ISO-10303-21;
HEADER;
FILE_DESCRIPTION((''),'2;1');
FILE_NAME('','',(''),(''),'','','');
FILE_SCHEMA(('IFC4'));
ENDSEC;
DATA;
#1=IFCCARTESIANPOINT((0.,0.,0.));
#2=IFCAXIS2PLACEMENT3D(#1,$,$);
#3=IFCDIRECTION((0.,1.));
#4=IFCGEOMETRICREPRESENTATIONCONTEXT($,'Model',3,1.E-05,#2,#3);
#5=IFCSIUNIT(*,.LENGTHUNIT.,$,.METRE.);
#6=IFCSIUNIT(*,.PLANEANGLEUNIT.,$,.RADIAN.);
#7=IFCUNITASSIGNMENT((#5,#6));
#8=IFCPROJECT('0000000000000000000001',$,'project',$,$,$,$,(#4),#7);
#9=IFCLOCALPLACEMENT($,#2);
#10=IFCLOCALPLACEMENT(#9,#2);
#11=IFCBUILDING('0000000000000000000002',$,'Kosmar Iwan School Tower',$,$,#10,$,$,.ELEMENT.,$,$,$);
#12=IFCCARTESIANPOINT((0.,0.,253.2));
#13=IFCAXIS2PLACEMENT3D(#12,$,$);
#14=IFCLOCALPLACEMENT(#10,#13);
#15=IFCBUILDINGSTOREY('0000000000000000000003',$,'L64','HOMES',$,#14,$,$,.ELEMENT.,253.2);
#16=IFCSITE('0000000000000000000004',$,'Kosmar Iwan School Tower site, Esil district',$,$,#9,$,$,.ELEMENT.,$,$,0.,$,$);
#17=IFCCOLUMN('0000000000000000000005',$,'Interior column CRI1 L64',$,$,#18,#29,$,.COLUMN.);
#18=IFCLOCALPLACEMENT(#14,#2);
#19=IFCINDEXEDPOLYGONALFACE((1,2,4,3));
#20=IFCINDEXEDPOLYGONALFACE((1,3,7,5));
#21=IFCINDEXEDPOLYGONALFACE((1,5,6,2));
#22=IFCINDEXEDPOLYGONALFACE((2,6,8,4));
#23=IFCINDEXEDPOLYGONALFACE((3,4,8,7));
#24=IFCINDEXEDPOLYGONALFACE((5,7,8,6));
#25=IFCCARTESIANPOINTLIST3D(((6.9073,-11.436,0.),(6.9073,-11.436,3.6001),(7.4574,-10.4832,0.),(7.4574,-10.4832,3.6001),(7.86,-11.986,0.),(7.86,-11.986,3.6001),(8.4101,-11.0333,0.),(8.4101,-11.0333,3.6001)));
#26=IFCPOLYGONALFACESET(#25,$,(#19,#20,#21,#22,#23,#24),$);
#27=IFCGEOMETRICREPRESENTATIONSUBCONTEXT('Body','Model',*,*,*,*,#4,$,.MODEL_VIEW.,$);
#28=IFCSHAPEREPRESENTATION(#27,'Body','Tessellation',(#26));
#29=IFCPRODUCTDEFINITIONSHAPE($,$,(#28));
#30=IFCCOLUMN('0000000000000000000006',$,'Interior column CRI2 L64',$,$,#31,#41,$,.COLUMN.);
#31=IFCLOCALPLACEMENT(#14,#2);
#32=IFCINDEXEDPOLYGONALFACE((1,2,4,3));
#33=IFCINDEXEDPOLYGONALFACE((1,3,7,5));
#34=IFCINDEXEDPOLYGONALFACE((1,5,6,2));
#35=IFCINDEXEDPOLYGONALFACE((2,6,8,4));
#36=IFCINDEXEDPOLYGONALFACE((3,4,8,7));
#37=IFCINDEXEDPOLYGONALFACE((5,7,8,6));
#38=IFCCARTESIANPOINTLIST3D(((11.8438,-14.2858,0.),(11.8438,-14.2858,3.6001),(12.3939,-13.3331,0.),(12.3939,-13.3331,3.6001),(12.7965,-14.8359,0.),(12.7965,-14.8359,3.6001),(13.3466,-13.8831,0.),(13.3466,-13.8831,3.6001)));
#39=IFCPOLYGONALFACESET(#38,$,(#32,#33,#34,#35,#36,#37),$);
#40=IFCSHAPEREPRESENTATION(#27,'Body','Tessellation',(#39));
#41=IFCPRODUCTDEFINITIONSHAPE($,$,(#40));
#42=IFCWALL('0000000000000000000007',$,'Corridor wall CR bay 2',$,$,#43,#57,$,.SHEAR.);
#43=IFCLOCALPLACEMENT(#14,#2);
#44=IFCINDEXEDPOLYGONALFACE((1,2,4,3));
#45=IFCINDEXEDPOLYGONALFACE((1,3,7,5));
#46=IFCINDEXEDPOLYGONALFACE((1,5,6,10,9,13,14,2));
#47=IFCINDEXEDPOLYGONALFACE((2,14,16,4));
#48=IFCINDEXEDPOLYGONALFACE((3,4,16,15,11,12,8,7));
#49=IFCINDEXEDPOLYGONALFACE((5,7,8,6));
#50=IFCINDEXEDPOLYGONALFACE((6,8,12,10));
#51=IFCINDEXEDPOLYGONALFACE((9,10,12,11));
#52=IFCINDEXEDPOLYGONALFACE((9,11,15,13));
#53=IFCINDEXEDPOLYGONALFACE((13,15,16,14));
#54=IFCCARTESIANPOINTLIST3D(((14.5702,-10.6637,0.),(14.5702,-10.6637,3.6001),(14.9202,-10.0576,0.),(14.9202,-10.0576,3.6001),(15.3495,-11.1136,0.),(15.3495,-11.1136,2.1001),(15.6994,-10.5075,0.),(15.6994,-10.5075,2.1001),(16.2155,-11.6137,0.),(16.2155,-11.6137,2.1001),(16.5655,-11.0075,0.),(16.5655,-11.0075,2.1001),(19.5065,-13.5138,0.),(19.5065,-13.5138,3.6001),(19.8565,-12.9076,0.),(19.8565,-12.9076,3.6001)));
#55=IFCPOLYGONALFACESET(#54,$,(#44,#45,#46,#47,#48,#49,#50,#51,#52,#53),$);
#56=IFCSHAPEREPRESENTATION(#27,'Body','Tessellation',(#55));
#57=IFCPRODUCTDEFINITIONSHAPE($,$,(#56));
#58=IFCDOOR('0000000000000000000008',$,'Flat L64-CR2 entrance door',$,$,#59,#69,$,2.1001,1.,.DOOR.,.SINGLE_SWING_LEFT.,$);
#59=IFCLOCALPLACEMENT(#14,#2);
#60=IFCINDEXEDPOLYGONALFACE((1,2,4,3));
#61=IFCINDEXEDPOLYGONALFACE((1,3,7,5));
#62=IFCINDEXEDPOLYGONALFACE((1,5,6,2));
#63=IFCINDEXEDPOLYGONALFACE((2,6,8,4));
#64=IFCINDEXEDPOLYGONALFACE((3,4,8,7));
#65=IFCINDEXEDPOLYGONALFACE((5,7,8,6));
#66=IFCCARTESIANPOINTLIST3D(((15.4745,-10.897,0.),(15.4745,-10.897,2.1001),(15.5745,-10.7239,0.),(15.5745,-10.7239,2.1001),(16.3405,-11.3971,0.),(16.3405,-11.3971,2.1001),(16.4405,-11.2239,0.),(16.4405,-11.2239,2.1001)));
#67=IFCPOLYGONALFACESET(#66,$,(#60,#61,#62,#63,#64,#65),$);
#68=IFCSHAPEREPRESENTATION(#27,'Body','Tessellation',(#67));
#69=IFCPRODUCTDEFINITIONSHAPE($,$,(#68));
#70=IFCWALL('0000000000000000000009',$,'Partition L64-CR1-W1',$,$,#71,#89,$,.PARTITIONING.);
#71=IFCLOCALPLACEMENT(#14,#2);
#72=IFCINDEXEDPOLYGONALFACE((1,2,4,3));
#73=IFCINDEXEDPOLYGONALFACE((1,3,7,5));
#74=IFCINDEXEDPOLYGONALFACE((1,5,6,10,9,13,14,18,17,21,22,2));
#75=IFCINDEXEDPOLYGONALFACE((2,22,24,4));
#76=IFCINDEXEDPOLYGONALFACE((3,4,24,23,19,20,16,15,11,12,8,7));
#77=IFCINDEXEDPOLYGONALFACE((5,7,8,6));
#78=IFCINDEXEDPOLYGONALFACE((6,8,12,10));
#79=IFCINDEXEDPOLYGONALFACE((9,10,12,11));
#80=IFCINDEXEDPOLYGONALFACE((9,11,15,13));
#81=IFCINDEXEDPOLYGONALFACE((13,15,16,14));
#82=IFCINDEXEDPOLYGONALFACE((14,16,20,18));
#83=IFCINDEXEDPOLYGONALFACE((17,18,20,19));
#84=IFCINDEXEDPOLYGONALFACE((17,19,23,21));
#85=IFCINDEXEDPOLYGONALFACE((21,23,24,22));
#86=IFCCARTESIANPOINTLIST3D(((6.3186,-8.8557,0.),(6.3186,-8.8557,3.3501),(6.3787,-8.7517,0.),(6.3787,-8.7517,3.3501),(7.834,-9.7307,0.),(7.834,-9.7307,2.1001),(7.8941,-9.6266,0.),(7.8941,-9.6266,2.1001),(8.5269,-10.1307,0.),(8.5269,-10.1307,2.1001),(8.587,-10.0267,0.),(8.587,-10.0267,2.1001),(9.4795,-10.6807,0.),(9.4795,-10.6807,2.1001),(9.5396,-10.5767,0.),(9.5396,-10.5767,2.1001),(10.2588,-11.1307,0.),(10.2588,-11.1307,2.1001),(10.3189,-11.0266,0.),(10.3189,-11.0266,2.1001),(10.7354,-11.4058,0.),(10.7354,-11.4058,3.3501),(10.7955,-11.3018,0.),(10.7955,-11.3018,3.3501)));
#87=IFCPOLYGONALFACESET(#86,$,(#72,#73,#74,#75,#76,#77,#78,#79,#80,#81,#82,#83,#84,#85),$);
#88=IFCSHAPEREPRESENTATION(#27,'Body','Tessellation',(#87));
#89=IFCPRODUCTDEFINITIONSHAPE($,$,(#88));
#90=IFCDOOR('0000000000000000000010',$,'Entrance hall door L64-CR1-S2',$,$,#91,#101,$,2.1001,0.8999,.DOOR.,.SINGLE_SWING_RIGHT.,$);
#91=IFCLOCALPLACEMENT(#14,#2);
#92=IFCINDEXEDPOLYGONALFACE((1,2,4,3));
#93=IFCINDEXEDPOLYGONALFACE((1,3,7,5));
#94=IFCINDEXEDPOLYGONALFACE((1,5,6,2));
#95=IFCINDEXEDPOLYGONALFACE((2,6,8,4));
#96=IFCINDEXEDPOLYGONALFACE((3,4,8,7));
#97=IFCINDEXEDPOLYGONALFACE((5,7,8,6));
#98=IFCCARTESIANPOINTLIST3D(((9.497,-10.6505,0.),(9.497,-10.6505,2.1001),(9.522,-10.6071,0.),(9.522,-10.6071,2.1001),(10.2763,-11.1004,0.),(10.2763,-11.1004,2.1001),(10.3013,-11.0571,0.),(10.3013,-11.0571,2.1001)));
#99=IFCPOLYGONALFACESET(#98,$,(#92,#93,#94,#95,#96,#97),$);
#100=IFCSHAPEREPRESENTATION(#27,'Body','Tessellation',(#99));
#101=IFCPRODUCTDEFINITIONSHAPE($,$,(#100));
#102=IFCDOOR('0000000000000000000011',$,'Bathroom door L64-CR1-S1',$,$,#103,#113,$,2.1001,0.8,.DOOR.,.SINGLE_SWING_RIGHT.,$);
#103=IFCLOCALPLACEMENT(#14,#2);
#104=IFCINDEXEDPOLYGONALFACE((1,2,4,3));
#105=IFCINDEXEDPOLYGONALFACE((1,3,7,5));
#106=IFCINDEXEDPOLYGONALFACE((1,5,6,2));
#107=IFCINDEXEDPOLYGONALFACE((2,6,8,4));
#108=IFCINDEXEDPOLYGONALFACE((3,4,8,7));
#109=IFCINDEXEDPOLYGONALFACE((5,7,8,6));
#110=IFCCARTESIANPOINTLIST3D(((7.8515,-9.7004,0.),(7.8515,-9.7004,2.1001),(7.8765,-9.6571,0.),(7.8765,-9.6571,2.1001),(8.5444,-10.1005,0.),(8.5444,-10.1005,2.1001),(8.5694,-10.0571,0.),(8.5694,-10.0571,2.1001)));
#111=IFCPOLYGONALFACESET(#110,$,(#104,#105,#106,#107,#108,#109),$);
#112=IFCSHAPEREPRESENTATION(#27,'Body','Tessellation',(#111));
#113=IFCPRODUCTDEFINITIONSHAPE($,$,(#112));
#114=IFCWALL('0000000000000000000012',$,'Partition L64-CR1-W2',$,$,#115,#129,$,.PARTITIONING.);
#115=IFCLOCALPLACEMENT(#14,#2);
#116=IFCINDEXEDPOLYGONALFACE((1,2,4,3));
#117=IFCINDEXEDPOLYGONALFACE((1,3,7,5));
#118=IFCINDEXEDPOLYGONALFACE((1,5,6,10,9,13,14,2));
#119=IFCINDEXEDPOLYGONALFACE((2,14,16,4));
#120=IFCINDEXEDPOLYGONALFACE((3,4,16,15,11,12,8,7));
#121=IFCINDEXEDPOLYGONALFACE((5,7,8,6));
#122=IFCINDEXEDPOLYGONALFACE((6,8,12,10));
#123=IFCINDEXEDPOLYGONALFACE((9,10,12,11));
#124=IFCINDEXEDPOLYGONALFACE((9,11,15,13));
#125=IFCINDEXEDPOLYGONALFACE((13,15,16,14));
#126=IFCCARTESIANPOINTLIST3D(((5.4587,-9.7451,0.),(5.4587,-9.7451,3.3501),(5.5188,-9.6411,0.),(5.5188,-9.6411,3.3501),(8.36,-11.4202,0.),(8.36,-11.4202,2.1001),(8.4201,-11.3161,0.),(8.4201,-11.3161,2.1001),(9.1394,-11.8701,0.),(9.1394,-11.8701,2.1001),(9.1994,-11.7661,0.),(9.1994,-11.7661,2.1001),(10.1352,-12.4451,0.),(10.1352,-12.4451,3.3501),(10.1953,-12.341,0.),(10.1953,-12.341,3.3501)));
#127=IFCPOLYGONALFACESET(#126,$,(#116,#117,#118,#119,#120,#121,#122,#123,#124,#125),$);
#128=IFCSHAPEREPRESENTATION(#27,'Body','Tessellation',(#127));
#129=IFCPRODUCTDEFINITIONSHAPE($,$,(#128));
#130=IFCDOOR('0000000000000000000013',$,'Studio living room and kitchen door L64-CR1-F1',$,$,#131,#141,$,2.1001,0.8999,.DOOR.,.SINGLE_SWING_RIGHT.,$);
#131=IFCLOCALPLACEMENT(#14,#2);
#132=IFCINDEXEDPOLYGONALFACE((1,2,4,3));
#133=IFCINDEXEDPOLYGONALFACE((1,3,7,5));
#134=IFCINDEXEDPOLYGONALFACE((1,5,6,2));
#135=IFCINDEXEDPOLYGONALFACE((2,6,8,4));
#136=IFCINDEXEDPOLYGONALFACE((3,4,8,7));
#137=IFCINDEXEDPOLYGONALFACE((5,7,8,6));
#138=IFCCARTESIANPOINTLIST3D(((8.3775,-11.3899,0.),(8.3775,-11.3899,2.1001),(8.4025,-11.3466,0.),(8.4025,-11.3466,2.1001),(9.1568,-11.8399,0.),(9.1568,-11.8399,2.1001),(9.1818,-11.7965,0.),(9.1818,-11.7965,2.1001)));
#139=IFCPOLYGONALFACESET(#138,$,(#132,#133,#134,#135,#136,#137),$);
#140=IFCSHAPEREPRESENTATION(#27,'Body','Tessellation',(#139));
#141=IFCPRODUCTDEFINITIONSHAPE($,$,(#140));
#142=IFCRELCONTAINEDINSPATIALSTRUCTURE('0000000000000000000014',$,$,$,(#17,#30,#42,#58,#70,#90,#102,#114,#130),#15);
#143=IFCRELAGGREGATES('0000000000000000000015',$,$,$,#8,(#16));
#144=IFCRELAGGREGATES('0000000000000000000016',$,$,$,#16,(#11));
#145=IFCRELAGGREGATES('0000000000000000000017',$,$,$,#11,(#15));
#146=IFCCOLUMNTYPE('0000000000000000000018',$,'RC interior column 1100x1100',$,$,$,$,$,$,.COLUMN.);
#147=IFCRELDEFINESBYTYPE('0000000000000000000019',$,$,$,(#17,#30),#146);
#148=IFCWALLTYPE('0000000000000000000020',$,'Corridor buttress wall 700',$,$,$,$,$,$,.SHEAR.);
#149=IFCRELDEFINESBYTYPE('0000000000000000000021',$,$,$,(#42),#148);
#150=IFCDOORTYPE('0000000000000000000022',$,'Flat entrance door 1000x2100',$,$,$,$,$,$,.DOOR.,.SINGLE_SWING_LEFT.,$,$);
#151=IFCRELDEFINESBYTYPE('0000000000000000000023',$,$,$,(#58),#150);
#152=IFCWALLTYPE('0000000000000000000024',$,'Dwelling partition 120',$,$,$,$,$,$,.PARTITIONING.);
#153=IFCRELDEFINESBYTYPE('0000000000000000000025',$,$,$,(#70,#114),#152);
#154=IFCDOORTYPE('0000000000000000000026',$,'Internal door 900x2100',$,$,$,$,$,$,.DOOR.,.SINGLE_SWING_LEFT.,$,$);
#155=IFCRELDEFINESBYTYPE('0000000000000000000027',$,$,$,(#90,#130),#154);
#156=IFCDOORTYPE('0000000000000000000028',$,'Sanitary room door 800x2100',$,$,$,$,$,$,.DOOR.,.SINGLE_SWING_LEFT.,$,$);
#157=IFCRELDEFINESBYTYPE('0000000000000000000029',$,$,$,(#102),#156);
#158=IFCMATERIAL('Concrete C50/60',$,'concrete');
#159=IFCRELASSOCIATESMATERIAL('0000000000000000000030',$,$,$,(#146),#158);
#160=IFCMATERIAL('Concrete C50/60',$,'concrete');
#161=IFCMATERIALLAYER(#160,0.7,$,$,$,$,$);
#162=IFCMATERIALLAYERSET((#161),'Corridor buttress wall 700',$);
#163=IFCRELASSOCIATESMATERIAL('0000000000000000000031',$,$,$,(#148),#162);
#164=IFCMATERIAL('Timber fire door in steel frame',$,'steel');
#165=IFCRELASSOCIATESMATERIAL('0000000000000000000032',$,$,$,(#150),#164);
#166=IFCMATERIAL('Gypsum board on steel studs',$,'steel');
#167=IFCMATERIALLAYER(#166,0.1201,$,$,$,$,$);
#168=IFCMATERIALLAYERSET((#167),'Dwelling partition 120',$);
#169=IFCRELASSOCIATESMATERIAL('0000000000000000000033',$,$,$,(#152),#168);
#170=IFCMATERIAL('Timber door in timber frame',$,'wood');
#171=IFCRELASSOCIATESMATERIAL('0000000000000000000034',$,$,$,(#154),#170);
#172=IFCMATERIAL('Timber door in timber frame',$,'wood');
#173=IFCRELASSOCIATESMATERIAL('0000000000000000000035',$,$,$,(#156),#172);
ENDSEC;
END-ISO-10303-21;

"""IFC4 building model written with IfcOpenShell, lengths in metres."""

from ifc_helpers import new_model, si_unit, direction, frame, frame_2d, origin, origin_2d, place, context, subcontext, project, spatial, rectangle, extrude, material, layer, layer_set, material_profile, profile_set, type_object, element, fill, save


model = new_model("IFC4")

# Units and contexts
model_context = context("Model", 3, precision=1e-05, world=origin(), true_north=direction((0.0, 1.0)))
body_context = subcontext(model_context, "Body", "Model", "MODEL_VIEW")
ifc_project = project(units=[si_unit("LENGTHUNIT", "METRE"), si_unit("PLANEANGLEUNIT", "RADIAN")], contexts=[model_context])

# Site, building, storey
site_placement = place(None, origin())
site = spatial("IfcSite", under=ifc_project, at=site_placement, Name="Kosmar Iwan School Tower site, Esil district", CompositionType="ELEMENT", RefElevation=0.0)
building_placement = place(site_placement, origin())
building = spatial("IfcBuilding", under=site, at=building_placement, Name="Kosmar Iwan School Tower", CompositionType="ELEMENT")
storey_placement = place(building_placement, frame((0.0, 0.0, 253.2)))
storey = spatial("IfcBuildingStorey", under=building, at=storey_placement, Name="L64", Description="HOMES", CompositionType="ELEMENT", Elevation=253.2)

# Columns
ifc_material_1 = material(Name="Concrete C50/60", Category="concrete")
ifc_material_profile = material_profile(ifc_material_1, rectangle(XDim=1.1001, YDim=1.1001, at=origin_2d()), Name="RC 1100x1100")
ifc_profile_set = profile_set([ifc_material_profile], Name="Concrete C50/60")
column_type = type_object("IfcColumnType", Name="RC interior column 1100x1100", PredefinedType="COLUMN", material=ifc_profile_set)
for number, where, z_axis, x_axis, name in (
    (1, (7.6587, -11.2346, 0.0), (0.0, 0.0, 1.0), (0.866025, -0.5, 0.0), "Interior column CRI1 L64"),
    (2, (12.5952, -14.0845, 0.0), (0.0, 0.0, 1.0), (0.866025, -0.5, 0.0), "Interior column CRI2 L64"),
):
    element("IfcColumn", number, at=place(storey_placement, frame(where, z_axis=z_axis, x_axis=x_axis)), inside=storey, type_object=column_type, Name=name, PredefinedType="COLUMN", context=body_context, shape_type="SweptSolid", body=[
        extrude(rectangle(XDim=1.1001, YDim=1.1001, at=origin_2d()), origin(), (0.0, 0.0, 1.0), 3.6001),
    ])

# Wall, opening, door
ifc_material_2 = material(Name="Concrete C50/60", Category="concrete")
ifc_layer_1 = layer(ifc_material_2, 0.7)
ifc_layer_set_1 = layer_set([ifc_layer_1], Name="Corridor buttress wall 700")
wall_type_1 = type_object("IfcWallType", Name="Corridor buttress wall 700", PredefinedType="SHEAR", material=ifc_layer_set_1)
wall_1_placement = place(storey_placement, frame((14.7451, -10.3606, 0.0), z_axis=(0.0, 0.0, 1.0), x_axis=(0.866015, -0.500018, 0.0)))
wall_1 = element("IfcWall", 3, at=wall_1_placement, inside=storey, type_object=wall_type_1, Name="Corridor wall CR bay 2", PredefinedType="SHEAR", context=body_context, shape_type="SweptSolid", body=[
    extrude(rectangle(XDim=5.7, YDim=0.7, at=frame_2d((2.8501, 0.0))), origin(), (0.0, 0.0, 1.0), 3.6001),
])
opening_1_placement = place(wall_1_placement, frame((0.8999, 0.0, 0.0)))
opening_1 = element("IfcOpeningElement", 4, at=opening_1_placement, cuts=wall_1, PredefinedType="OPENING", context=body_context, shape_type="SweptSolid", body=[
    extrude(rectangle(XDim=1.0, YDim=2.1001, at=frame_2d((0.5, 1.05))), frame((0.0, 0.3621, 0.0), z_axis=(0.0, -1.0, 0.0), x_axis=(1.0, 0.0, 0.0)), (0.0, 0.0, 1.0), 0.7239),
])
ifc_material_3 = material(Name="Timber fire door in steel frame", Category="steel")
door_type_1 = type_object("IfcDoorType", Name="Flat entrance door 1000x2100", OperationType="SINGLE_SWING_LEFT", PredefinedType="DOOR", material=ifc_material_3)
door_1_placement = place(opening_1_placement, origin())
door_1 = element("IfcDoor", 5, at=door_1_placement, inside=storey, type_object=door_type_1, Name="Flat L64-CR2 entrance door", OperationType="SINGLE_SWING_LEFT", OverallHeight=2.1001, OverallWidth=1.0, PredefinedType="DOOR", context=body_context, shape_type="SweptSolid", body=[
    extrude(rectangle(XDim=1.0, YDim=2.1001, at=frame_2d((0.5, 1.05))), frame((0.0, 0.1001, 0.0), z_axis=(0.0, -1.0, 0.0), x_axis=(1.0, 0.0, 0.0)), (0.0, 0.0, 1.0), 0.2),
])
fill(opening_1, door_1)

# Wall, openings, doors
ifc_material_4 = material(Name="Gypsum board on steel studs", Category="steel")
ifc_layer_2 = layer(ifc_material_4, 0.1201)
ifc_layer_set_2 = layer_set([ifc_layer_2], Name="Dwelling partition 120")
wall_type_2 = type_object("IfcWallType", Name="Dwelling partition 120", PredefinedType="PARTITIONING", material=ifc_layer_set_2)
wall_2_placement = place(storey_placement, frame((6.3486, -8.8037, 0.0), z_axis=(0.0, 0.0, 1.0), x_axis=(0.866022, -0.500006, 0.0)))
wall_2 = element("IfcWall", 6, at=wall_2_placement, inside=storey, type_object=wall_type_2, Name="Partition L64-CR1-W1", PredefinedType="PARTITIONING", context=body_context, shape_type="SweptSolid", body=[
    extrude(rectangle(XDim=5.1001, YDim=0.1201, at=frame_2d((2.55, 0.0))), origin(), (0.0, 0.0, 1.0), 3.3501),
])
opening_2_placement = place(wall_2_placement, frame((1.75, 0.0, 0.0)))
opening_2 = element("IfcOpeningElement", 7, at=opening_2_placement, cuts=wall_2, PredefinedType="OPENING", context=body_context, shape_type="SweptSolid", body=[
    extrude(rectangle(XDim=0.8, YDim=2.1001, at=frame_2d((0.3999, 1.05))), frame((0.0, 0.072, 0.0), z_axis=(0.0, -1.0, 0.0), x_axis=(1.0, 0.0, 0.0)), (0.0, 0.0, 1.0), 0.144),
])
opening_3_placement = place(wall_2_placement, frame((3.6499, 0.0, 0.0)))
opening_3 = element("IfcOpeningElement", 8, at=opening_3_placement, cuts=wall_2, PredefinedType="OPENING", context=body_context, shape_type="SweptSolid", body=[
    extrude(rectangle(XDim=0.8999, YDim=2.1001, at=frame_2d((0.45, 1.05))), frame((0.0, 0.072, 0.0), z_axis=(0.0, -1.0, 0.0), x_axis=(1.0, 0.0, 0.0)), (0.0, 0.0, 1.0), 0.144),
])
ifc_material_5 = material(Name="Timber door in timber frame", Category="wood")
door_type_2 = type_object("IfcDoorType", Name="Internal door 900x2100", OperationType="SINGLE_SWING_LEFT", PredefinedType="DOOR", material=ifc_material_5)
door_2_placement = place(opening_3_placement, origin())
door_2 = element("IfcDoor", 9, at=door_2_placement, inside=storey, type_object=door_type_2, Name="Entrance hall door L64-CR1-S2", OperationType="SINGLE_SWING_RIGHT", OverallHeight=2.1001, OverallWidth=0.8999, PredefinedType="DOOR", context=body_context, shape_type="SweptSolid", body=[
    extrude(rectangle(XDim=0.8999, YDim=2.1001, at=frame_2d((0.45, 1.05))), frame((0.0, 0.0249, 0.0), z_axis=(0.0, -1.0, 0.0), x_axis=(1.0, 0.0, 0.0)), (0.0, 0.0, 1.0), 0.05),
])
fill(opening_3, door_2)
ifc_material_6 = material(Name="Timber door in timber frame", Category="wood")
door_type_3 = type_object("IfcDoorType", Name="Sanitary room door 800x2100", OperationType="SINGLE_SWING_LEFT", PredefinedType="DOOR", material=ifc_material_6)
door_3_placement = place(opening_2_placement, origin())
door_3 = element("IfcDoor", 10, at=door_3_placement, inside=storey, type_object=door_type_3, Name="Bathroom door L64-CR1-S1", OperationType="SINGLE_SWING_RIGHT", OverallHeight=2.1001, OverallWidth=0.8, PredefinedType="DOOR", context=body_context, shape_type="SweptSolid", body=[
    extrude(rectangle(XDim=0.8, YDim=2.1001, at=frame_2d((0.3999, 1.05))), frame((0.0, 0.0249, 0.0), z_axis=(0.0, -1.0, 0.0), x_axis=(1.0, 0.0, 0.0)), (0.0, 0.0, 1.0), 0.05),
])
fill(opening_2, door_3)

# Wall, opening, door
wall_3_placement = place(storey_placement, frame((5.4888, -9.6931, 0.0), z_axis=(0.0, 0.0, 1.0), x_axis=(0.866028, -0.499995, 0.0)))
wall_3 = element("IfcWall", 11, at=wall_3_placement, inside=storey, type_object=wall_type_2, Name="Partition L64-CR1-W2", PredefinedType="PARTITIONING", context=body_context, shape_type="SweptSolid", body=[
    extrude(rectangle(XDim=5.3999, YDim=0.1201, at=frame_2d((2.7, 0.0))), origin(), (0.0, 0.0, 1.0), 3.3501),
])
opening_4_placement = place(wall_3_placement, frame((3.3501, 0.0, 0.0)))
opening_4 = element("IfcOpeningElement", 12, at=opening_4_placement, cuts=wall_3, PredefinedType="OPENING", context=body_context, shape_type="SweptSolid", body=[
    extrude(rectangle(XDim=0.8999, YDim=2.1001, at=frame_2d((0.45, 1.05))), frame((0.0, 0.072, 0.0), z_axis=(0.0, -1.0, 0.0), x_axis=(1.0, 0.0, 0.0)), (0.0, 0.0, 1.0), 0.144),
])
door_4_placement = place(opening_4_placement, origin())
door_4 = element("IfcDoor", 13, at=door_4_placement, inside=storey, type_object=door_type_2, Name="Studio living room and kitchen door L64-CR1-F1", OperationType="SINGLE_SWING_RIGHT", OverallHeight=2.1001, OverallWidth=0.8999, PredefinedType="DOOR", context=body_context, shape_type="SweptSolid", body=[
    extrude(rectangle(XDim=0.8999, YDim=2.1001, at=frame_2d((0.45, 1.05))), frame((0.0, 0.0249, 0.0), z_axis=(0.0, -1.0, 0.0), x_axis=(1.0, 0.0, 0.0)), (0.0, 0.0, 1.0), 0.05),
])
fill(opening_4, door_4)

save(model, "model.ifc")
